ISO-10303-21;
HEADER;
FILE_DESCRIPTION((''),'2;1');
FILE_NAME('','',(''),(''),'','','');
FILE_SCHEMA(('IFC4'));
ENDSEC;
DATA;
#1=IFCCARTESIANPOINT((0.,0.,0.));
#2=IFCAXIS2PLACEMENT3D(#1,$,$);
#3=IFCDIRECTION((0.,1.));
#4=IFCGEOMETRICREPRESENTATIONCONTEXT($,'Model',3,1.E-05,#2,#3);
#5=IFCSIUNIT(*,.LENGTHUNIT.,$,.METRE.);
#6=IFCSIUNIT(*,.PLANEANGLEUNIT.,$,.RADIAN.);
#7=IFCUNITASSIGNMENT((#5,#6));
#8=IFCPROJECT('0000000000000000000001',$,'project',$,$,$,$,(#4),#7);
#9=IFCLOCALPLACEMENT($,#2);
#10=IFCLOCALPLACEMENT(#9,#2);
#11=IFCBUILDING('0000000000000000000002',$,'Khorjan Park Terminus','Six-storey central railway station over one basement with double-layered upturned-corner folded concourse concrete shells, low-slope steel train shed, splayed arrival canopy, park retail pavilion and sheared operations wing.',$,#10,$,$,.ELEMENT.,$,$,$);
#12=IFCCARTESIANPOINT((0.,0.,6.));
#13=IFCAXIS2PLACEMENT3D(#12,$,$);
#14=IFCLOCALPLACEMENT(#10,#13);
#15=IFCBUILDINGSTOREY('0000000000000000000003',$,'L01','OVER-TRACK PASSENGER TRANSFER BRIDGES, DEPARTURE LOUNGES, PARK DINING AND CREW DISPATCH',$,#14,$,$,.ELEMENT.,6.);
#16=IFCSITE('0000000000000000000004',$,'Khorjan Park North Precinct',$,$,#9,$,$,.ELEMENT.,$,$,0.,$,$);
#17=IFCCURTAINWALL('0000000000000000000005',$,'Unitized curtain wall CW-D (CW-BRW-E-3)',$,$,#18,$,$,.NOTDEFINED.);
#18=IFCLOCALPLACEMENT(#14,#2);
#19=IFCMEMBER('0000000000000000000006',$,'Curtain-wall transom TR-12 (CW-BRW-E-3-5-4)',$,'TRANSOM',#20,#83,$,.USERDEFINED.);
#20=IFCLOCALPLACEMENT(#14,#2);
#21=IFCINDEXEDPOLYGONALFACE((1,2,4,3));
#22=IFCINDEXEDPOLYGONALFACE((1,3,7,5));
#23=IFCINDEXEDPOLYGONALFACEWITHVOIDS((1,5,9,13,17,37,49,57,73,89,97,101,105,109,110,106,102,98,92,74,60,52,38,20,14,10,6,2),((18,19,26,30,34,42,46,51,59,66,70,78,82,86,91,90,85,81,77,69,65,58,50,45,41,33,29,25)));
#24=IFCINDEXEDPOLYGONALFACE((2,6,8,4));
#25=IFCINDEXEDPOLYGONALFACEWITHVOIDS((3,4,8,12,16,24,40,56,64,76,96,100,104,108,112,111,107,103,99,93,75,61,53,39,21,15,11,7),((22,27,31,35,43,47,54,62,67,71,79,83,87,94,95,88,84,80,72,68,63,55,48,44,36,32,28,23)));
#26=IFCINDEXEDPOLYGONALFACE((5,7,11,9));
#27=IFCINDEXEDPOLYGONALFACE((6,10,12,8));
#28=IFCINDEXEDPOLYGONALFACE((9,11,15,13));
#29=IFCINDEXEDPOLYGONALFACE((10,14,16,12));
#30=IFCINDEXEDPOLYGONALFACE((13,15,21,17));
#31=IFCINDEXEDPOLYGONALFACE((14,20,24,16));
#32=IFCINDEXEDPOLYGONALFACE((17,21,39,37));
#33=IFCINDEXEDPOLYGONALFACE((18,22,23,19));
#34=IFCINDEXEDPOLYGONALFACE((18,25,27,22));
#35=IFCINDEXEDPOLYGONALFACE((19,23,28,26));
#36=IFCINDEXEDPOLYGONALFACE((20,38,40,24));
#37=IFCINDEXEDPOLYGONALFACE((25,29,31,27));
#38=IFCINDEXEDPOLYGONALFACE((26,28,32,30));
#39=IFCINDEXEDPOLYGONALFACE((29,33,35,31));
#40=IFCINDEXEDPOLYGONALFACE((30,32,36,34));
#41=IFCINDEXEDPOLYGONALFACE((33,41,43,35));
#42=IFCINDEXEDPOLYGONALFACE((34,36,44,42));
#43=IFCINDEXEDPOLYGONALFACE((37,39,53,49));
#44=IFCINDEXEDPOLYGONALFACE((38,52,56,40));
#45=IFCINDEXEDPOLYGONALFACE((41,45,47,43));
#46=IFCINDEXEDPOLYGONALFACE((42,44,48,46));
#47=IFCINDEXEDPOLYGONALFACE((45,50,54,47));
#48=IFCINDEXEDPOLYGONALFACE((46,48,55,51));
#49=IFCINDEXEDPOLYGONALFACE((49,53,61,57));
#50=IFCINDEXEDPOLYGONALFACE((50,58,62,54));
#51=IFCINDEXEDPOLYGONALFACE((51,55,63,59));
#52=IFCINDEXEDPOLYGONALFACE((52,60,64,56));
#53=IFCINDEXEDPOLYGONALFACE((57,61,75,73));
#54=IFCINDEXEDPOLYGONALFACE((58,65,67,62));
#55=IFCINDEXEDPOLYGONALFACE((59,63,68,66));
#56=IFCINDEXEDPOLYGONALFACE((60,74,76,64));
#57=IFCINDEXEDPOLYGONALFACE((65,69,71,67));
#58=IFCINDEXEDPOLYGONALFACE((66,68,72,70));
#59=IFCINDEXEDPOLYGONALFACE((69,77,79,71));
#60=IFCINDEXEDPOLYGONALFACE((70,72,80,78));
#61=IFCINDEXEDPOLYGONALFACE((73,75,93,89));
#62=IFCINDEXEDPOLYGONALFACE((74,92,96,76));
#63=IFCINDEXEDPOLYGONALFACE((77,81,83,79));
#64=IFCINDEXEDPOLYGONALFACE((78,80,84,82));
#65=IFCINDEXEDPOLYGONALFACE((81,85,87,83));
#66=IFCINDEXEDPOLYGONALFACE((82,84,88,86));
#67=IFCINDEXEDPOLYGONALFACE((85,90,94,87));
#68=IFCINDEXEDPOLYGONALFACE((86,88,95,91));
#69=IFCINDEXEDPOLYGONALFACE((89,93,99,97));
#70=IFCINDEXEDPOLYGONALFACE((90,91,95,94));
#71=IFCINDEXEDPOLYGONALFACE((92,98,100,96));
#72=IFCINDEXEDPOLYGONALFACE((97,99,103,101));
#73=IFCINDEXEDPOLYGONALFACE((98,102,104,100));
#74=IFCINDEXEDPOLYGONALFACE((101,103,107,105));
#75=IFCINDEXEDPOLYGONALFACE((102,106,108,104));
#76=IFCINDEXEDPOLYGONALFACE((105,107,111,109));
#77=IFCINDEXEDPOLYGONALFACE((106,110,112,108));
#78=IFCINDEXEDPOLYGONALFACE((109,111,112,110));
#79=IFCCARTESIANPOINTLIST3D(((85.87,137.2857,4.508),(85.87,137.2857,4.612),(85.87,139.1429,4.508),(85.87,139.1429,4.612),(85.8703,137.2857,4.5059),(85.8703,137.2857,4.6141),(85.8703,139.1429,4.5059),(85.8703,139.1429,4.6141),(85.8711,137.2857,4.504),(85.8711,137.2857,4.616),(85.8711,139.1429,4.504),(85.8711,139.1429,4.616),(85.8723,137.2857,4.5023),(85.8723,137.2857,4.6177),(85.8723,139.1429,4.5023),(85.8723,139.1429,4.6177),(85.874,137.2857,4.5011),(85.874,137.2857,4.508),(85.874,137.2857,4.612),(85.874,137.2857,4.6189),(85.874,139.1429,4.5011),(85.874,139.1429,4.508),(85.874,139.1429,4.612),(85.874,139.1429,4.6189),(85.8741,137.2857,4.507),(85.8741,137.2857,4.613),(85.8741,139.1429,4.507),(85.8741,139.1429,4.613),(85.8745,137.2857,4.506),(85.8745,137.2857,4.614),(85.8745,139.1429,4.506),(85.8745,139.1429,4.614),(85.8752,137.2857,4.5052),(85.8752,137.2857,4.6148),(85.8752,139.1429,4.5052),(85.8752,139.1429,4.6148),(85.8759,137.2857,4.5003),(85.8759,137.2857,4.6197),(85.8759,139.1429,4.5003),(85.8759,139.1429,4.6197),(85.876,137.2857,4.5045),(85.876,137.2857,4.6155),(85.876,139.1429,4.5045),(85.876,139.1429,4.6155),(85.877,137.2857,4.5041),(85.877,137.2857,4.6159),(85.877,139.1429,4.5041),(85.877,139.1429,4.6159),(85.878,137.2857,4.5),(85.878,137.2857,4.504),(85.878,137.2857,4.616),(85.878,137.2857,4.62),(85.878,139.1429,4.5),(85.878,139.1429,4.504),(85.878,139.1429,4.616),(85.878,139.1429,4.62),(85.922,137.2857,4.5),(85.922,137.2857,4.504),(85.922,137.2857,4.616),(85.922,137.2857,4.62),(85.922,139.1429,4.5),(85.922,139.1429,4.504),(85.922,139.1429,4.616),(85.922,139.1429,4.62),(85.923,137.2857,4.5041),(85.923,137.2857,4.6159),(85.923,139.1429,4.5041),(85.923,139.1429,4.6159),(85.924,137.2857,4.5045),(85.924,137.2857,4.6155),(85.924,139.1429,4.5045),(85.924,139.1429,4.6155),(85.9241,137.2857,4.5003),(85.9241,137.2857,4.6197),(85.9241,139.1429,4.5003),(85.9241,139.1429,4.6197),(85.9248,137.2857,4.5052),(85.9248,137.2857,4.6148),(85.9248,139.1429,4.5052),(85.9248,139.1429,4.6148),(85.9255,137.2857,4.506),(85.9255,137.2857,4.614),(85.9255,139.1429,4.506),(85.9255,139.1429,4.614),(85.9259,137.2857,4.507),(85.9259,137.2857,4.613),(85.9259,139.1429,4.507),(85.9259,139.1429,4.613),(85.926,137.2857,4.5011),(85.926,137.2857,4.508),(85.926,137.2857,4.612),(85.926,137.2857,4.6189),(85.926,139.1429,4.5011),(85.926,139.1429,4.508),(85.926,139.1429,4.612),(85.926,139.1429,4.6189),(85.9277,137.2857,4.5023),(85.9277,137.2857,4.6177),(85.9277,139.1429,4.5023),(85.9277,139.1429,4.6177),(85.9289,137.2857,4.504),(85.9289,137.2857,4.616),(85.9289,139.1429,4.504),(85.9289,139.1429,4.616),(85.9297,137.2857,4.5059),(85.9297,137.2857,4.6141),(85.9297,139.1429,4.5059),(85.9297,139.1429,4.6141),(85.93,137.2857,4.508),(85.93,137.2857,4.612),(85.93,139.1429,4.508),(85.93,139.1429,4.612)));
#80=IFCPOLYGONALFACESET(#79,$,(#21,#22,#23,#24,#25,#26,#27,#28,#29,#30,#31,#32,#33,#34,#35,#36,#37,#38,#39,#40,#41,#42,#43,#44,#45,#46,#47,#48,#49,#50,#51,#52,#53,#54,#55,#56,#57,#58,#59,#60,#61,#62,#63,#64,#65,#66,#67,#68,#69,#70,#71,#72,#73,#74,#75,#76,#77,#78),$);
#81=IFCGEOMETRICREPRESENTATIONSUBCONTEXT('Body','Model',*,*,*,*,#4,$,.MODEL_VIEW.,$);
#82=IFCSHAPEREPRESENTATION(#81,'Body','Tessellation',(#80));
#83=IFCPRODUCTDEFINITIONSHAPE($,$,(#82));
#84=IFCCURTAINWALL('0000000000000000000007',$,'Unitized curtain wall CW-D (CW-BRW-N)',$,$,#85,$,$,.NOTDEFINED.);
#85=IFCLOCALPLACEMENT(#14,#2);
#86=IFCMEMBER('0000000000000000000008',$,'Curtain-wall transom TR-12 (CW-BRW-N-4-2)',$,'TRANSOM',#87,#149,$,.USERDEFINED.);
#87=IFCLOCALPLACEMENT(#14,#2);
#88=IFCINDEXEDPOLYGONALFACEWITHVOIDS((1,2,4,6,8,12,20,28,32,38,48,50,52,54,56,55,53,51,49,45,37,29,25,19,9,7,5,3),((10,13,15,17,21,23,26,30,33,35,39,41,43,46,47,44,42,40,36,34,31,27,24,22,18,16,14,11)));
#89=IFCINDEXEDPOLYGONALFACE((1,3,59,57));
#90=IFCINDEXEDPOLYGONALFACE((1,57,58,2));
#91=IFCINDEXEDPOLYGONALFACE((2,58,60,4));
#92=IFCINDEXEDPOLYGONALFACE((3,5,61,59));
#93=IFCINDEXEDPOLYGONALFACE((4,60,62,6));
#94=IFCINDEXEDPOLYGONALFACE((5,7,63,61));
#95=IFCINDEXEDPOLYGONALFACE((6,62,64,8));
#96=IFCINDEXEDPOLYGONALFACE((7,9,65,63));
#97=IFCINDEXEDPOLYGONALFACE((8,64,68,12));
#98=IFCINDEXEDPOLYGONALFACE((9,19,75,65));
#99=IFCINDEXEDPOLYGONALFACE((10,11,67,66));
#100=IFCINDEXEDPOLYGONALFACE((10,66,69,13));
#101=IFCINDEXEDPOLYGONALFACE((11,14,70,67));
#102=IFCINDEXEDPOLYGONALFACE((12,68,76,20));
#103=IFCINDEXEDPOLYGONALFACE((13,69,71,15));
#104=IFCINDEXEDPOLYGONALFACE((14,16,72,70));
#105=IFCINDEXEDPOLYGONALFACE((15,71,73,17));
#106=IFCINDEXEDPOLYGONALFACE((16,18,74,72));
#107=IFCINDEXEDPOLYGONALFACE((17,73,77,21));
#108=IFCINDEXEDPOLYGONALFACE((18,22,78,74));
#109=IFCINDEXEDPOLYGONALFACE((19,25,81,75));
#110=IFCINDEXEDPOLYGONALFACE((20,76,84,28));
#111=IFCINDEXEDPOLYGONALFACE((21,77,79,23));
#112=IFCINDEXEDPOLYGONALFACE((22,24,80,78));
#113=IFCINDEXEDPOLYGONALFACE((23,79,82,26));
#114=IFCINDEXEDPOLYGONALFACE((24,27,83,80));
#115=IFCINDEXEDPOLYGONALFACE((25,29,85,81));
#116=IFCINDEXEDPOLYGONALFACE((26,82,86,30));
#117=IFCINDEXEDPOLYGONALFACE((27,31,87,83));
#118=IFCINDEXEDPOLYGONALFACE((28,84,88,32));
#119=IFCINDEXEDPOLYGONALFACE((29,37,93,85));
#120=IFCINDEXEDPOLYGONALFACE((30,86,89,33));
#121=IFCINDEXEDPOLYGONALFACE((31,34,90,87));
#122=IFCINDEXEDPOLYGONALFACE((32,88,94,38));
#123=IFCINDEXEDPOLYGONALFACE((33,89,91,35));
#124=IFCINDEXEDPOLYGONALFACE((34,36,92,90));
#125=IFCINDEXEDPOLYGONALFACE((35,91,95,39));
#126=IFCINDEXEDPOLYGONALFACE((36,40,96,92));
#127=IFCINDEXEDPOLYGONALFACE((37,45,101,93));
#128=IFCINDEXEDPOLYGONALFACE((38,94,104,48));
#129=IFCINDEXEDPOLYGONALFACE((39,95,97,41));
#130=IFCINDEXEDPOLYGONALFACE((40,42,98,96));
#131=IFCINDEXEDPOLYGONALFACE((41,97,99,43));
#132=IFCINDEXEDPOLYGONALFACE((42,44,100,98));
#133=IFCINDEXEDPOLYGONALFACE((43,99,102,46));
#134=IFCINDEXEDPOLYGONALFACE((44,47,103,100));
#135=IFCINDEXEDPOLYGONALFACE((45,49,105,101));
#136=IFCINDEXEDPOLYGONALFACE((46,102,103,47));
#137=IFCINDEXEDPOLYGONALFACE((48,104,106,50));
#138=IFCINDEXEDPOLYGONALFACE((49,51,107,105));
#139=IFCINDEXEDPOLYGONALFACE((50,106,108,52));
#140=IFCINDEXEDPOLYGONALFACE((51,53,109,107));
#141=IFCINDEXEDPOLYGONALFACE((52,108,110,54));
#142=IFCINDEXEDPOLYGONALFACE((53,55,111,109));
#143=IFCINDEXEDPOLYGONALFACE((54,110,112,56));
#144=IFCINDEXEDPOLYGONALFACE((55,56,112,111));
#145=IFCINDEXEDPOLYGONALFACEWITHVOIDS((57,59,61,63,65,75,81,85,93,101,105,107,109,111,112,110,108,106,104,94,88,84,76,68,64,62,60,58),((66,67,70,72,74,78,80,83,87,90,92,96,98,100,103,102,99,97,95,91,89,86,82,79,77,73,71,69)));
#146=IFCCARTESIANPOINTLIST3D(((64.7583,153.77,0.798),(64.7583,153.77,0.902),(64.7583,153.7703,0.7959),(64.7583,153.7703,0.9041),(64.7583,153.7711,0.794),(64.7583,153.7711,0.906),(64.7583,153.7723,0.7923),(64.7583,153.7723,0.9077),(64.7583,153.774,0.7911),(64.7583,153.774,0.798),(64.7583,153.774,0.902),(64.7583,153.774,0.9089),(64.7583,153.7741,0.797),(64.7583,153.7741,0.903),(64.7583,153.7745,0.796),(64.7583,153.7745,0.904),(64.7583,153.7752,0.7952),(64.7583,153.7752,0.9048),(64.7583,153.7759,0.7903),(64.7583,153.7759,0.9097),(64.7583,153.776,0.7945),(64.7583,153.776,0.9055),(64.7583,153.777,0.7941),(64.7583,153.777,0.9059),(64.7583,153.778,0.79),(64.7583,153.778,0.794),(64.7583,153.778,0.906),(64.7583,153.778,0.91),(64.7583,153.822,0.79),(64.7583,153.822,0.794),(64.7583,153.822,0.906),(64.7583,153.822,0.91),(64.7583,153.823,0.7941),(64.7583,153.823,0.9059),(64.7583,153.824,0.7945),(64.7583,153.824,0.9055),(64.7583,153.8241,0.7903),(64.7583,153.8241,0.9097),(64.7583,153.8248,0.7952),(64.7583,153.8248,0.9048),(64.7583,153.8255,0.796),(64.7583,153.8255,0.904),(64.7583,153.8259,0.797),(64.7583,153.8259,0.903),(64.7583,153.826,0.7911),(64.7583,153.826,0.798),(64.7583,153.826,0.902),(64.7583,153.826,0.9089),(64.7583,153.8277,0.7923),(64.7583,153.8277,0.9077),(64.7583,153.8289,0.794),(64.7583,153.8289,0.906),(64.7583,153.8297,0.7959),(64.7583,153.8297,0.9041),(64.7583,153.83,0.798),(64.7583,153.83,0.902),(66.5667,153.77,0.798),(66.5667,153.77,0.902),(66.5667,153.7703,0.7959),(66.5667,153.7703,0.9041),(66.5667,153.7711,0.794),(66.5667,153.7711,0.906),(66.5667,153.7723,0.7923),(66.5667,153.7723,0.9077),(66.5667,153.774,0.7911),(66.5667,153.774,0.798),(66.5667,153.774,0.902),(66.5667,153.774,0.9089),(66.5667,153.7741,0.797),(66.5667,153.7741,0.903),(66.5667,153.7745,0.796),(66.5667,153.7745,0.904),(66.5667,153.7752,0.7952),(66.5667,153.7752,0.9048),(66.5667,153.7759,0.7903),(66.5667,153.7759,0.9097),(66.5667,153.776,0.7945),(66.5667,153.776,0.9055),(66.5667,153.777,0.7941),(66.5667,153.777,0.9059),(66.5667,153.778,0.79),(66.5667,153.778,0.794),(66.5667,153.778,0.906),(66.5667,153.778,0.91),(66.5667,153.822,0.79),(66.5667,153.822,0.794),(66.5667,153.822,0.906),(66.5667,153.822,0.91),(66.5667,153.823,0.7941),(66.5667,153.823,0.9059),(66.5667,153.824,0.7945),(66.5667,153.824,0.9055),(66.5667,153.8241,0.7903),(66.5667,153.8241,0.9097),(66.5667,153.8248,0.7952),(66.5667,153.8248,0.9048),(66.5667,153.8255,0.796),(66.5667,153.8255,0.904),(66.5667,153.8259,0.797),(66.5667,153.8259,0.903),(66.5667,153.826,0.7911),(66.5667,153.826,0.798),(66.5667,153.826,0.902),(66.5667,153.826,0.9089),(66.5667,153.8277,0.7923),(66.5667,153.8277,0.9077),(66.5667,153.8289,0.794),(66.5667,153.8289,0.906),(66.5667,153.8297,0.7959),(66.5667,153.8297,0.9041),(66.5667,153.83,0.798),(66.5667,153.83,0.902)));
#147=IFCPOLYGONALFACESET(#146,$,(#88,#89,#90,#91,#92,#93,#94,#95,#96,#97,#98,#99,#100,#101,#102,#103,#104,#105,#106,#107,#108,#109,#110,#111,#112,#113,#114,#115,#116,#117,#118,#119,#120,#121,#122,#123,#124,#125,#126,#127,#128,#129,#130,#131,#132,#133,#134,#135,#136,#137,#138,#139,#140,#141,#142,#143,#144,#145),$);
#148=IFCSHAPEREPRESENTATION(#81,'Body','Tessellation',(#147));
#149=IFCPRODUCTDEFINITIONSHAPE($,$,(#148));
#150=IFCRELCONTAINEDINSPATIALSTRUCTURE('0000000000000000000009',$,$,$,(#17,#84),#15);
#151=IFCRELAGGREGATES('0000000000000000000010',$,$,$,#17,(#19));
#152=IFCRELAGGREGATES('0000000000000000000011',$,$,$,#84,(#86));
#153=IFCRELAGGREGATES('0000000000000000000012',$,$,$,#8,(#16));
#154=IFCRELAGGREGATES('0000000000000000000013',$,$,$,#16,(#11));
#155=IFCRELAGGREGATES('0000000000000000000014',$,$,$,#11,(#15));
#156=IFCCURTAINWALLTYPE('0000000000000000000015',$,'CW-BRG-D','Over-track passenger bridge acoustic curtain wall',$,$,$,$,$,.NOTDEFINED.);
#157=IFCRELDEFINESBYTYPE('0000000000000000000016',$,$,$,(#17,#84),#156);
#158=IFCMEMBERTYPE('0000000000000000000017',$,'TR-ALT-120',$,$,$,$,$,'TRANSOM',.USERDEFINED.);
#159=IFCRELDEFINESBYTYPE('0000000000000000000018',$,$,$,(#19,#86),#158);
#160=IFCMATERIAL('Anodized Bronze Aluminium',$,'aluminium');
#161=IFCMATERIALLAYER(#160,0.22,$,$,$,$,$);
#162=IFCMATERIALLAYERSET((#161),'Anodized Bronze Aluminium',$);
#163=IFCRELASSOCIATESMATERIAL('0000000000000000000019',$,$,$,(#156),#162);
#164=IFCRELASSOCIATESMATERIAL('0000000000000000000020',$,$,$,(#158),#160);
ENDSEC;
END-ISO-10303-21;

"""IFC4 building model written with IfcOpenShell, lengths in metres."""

from ifc_helpers import new_model, si_unit, direction, frame, origin, origin_2d, place, context, subcontext, project, spatial, hollow_rectangle, extrude, material, layer, layer_set, material_profile, profile_set, type_object, element, aggregate, save


model = new_model("IFC4")

# Units and contexts
model_context = context("Model", 3, precision=1e-05, world=origin(), true_north=direction((0.0, 1.0)))
body_context = subcontext(model_context, "Body", "Model", "MODEL_VIEW")
ifc_project = project(units=[si_unit("LENGTHUNIT", "METRE"), si_unit("PLANEANGLEUNIT", "RADIAN")], contexts=[model_context])

# Site, building, storey
site_placement = place(None, origin())
site = spatial("IfcSite", under=ifc_project, at=site_placement, Name="Khorjan Park North Precinct", CompositionType="ELEMENT", RefElevation=0.0)
building_placement = place(site_placement, origin())
building = spatial("IfcBuilding", under=site, at=building_placement, Name="Khorjan Park Terminus", Description="Six-storey central railway station over one basement with double-layered upturned-corner folded concourse concrete shells, low-slope steel train shed, splayed arrival canopy, park retail pavilion and sheared operations wing.", CompositionType="ELEMENT")
storey_placement = place(building_placement, frame((0.0, 0.0, 6.0)))
storey = spatial("IfcBuildingStorey", under=building, at=storey_placement, Name="L01", Description="OVER-TRACK PASSENGER TRANSFER BRIDGES, DEPARTURE LOUNGES, PARK DINING AND CREW DISPATCH", CompositionType="ELEMENT", Elevation=6.0)

# Curtain walls, members
ifc_material_1 = material(Name="Anodized Bronze Aluminium", Category="aluminium")
ifc_layer_1 = layer(ifc_material_1, 0.22)
ifc_layer_set_1 = layer_set([ifc_layer_1], Name="Anodized Bronze Aluminium")
curtain_wall_type = type_object("IfcCurtainWallType", Name="CW-BRG-D", Description="Over-track passenger bridge acoustic curtain wall", PredefinedType="NOTDEFINED", material=ifc_layer_set_1)
curtain_wall_1_placement = place(storey_placement, origin())
curtain_wall_1 = element("IfcCurtainWall", 1, at=curtain_wall_1_placement, inside=storey, type_object=curtain_wall_type, Name="Unitized curtain wall CW-D (CW-BRW-E-3)", PredefinedType="NOTDEFINED")
ifc_material_profile_1 = material_profile(ifc_material_1, hollow_rectangle(XDim=0.06, YDim=0.12, WallThickness=0.004, InnerFilletRadius=0.004, OuterFilletRadius=0.008, at=origin_2d()), Name="ALT 60x120x4")
ifc_profile_set_1 = profile_set([ifc_material_profile_1], Name="Anodized Bronze Aluminium")
member_type_1 = type_object("IfcMemberType", Name="TR-ALT-120", ElementType="TRANSOM", PredefinedType="USERDEFINED", material=ifc_profile_set_1)
member_1_placement = place(storey_placement, frame((85.9, 137.2857, 4.56), z_axis=(0.0, 1.0, 0.0), x_axis=(-1.0, 0.0, 0.0)))
member_1 = element("IfcMember", 2, at=member_1_placement, type_object=member_type_1, Name="Curtain-wall transom TR-12 (CW-BRW-E-3-5-4)", ObjectType="TRANSOM", PredefinedType="USERDEFINED", context=body_context, shape_type="SweptSolid", body=[
    extrude(hollow_rectangle(XDim=0.06, YDim=0.12, WallThickness=0.004, InnerFilletRadius=0.004, OuterFilletRadius=0.008, at=origin_2d()), origin(), (0.0, 0.0, 1.0), 1.8572),
])
curtain_wall_2_placement = place(storey_placement, origin())
curtain_wall_2 = element("IfcCurtainWall", 3, at=curtain_wall_2_placement, inside=storey, type_object=curtain_wall_type, Name="Unitized curtain wall CW-D (CW-BRW-N)", PredefinedType="NOTDEFINED")
member_2_placement = place(storey_placement, frame((66.5667, 153.8, 0.85), z_axis=(-1.0, 0.0, 0.0), x_axis=(0.0, -1.0, 0.0)))
member_2 = element("IfcMember", 4, at=member_2_placement, type_object=member_type_1, Name="Curtain-wall transom TR-12 (CW-BRW-N-4-2)", ObjectType="TRANSOM", PredefinedType="USERDEFINED", context=body_context, shape_type="SweptSolid", body=[
    extrude(hollow_rectangle(XDim=0.06, YDim=0.12, WallThickness=0.004, InnerFilletRadius=0.004, OuterFilletRadius=0.008, at=origin_2d()), origin(), (0.0, 0.0, 1.0), 1.8084),
])

aggregate(curtain_wall_1, [member_1])
aggregate(curtain_wall_2, [member_2])

save(model, "model.ifc")
